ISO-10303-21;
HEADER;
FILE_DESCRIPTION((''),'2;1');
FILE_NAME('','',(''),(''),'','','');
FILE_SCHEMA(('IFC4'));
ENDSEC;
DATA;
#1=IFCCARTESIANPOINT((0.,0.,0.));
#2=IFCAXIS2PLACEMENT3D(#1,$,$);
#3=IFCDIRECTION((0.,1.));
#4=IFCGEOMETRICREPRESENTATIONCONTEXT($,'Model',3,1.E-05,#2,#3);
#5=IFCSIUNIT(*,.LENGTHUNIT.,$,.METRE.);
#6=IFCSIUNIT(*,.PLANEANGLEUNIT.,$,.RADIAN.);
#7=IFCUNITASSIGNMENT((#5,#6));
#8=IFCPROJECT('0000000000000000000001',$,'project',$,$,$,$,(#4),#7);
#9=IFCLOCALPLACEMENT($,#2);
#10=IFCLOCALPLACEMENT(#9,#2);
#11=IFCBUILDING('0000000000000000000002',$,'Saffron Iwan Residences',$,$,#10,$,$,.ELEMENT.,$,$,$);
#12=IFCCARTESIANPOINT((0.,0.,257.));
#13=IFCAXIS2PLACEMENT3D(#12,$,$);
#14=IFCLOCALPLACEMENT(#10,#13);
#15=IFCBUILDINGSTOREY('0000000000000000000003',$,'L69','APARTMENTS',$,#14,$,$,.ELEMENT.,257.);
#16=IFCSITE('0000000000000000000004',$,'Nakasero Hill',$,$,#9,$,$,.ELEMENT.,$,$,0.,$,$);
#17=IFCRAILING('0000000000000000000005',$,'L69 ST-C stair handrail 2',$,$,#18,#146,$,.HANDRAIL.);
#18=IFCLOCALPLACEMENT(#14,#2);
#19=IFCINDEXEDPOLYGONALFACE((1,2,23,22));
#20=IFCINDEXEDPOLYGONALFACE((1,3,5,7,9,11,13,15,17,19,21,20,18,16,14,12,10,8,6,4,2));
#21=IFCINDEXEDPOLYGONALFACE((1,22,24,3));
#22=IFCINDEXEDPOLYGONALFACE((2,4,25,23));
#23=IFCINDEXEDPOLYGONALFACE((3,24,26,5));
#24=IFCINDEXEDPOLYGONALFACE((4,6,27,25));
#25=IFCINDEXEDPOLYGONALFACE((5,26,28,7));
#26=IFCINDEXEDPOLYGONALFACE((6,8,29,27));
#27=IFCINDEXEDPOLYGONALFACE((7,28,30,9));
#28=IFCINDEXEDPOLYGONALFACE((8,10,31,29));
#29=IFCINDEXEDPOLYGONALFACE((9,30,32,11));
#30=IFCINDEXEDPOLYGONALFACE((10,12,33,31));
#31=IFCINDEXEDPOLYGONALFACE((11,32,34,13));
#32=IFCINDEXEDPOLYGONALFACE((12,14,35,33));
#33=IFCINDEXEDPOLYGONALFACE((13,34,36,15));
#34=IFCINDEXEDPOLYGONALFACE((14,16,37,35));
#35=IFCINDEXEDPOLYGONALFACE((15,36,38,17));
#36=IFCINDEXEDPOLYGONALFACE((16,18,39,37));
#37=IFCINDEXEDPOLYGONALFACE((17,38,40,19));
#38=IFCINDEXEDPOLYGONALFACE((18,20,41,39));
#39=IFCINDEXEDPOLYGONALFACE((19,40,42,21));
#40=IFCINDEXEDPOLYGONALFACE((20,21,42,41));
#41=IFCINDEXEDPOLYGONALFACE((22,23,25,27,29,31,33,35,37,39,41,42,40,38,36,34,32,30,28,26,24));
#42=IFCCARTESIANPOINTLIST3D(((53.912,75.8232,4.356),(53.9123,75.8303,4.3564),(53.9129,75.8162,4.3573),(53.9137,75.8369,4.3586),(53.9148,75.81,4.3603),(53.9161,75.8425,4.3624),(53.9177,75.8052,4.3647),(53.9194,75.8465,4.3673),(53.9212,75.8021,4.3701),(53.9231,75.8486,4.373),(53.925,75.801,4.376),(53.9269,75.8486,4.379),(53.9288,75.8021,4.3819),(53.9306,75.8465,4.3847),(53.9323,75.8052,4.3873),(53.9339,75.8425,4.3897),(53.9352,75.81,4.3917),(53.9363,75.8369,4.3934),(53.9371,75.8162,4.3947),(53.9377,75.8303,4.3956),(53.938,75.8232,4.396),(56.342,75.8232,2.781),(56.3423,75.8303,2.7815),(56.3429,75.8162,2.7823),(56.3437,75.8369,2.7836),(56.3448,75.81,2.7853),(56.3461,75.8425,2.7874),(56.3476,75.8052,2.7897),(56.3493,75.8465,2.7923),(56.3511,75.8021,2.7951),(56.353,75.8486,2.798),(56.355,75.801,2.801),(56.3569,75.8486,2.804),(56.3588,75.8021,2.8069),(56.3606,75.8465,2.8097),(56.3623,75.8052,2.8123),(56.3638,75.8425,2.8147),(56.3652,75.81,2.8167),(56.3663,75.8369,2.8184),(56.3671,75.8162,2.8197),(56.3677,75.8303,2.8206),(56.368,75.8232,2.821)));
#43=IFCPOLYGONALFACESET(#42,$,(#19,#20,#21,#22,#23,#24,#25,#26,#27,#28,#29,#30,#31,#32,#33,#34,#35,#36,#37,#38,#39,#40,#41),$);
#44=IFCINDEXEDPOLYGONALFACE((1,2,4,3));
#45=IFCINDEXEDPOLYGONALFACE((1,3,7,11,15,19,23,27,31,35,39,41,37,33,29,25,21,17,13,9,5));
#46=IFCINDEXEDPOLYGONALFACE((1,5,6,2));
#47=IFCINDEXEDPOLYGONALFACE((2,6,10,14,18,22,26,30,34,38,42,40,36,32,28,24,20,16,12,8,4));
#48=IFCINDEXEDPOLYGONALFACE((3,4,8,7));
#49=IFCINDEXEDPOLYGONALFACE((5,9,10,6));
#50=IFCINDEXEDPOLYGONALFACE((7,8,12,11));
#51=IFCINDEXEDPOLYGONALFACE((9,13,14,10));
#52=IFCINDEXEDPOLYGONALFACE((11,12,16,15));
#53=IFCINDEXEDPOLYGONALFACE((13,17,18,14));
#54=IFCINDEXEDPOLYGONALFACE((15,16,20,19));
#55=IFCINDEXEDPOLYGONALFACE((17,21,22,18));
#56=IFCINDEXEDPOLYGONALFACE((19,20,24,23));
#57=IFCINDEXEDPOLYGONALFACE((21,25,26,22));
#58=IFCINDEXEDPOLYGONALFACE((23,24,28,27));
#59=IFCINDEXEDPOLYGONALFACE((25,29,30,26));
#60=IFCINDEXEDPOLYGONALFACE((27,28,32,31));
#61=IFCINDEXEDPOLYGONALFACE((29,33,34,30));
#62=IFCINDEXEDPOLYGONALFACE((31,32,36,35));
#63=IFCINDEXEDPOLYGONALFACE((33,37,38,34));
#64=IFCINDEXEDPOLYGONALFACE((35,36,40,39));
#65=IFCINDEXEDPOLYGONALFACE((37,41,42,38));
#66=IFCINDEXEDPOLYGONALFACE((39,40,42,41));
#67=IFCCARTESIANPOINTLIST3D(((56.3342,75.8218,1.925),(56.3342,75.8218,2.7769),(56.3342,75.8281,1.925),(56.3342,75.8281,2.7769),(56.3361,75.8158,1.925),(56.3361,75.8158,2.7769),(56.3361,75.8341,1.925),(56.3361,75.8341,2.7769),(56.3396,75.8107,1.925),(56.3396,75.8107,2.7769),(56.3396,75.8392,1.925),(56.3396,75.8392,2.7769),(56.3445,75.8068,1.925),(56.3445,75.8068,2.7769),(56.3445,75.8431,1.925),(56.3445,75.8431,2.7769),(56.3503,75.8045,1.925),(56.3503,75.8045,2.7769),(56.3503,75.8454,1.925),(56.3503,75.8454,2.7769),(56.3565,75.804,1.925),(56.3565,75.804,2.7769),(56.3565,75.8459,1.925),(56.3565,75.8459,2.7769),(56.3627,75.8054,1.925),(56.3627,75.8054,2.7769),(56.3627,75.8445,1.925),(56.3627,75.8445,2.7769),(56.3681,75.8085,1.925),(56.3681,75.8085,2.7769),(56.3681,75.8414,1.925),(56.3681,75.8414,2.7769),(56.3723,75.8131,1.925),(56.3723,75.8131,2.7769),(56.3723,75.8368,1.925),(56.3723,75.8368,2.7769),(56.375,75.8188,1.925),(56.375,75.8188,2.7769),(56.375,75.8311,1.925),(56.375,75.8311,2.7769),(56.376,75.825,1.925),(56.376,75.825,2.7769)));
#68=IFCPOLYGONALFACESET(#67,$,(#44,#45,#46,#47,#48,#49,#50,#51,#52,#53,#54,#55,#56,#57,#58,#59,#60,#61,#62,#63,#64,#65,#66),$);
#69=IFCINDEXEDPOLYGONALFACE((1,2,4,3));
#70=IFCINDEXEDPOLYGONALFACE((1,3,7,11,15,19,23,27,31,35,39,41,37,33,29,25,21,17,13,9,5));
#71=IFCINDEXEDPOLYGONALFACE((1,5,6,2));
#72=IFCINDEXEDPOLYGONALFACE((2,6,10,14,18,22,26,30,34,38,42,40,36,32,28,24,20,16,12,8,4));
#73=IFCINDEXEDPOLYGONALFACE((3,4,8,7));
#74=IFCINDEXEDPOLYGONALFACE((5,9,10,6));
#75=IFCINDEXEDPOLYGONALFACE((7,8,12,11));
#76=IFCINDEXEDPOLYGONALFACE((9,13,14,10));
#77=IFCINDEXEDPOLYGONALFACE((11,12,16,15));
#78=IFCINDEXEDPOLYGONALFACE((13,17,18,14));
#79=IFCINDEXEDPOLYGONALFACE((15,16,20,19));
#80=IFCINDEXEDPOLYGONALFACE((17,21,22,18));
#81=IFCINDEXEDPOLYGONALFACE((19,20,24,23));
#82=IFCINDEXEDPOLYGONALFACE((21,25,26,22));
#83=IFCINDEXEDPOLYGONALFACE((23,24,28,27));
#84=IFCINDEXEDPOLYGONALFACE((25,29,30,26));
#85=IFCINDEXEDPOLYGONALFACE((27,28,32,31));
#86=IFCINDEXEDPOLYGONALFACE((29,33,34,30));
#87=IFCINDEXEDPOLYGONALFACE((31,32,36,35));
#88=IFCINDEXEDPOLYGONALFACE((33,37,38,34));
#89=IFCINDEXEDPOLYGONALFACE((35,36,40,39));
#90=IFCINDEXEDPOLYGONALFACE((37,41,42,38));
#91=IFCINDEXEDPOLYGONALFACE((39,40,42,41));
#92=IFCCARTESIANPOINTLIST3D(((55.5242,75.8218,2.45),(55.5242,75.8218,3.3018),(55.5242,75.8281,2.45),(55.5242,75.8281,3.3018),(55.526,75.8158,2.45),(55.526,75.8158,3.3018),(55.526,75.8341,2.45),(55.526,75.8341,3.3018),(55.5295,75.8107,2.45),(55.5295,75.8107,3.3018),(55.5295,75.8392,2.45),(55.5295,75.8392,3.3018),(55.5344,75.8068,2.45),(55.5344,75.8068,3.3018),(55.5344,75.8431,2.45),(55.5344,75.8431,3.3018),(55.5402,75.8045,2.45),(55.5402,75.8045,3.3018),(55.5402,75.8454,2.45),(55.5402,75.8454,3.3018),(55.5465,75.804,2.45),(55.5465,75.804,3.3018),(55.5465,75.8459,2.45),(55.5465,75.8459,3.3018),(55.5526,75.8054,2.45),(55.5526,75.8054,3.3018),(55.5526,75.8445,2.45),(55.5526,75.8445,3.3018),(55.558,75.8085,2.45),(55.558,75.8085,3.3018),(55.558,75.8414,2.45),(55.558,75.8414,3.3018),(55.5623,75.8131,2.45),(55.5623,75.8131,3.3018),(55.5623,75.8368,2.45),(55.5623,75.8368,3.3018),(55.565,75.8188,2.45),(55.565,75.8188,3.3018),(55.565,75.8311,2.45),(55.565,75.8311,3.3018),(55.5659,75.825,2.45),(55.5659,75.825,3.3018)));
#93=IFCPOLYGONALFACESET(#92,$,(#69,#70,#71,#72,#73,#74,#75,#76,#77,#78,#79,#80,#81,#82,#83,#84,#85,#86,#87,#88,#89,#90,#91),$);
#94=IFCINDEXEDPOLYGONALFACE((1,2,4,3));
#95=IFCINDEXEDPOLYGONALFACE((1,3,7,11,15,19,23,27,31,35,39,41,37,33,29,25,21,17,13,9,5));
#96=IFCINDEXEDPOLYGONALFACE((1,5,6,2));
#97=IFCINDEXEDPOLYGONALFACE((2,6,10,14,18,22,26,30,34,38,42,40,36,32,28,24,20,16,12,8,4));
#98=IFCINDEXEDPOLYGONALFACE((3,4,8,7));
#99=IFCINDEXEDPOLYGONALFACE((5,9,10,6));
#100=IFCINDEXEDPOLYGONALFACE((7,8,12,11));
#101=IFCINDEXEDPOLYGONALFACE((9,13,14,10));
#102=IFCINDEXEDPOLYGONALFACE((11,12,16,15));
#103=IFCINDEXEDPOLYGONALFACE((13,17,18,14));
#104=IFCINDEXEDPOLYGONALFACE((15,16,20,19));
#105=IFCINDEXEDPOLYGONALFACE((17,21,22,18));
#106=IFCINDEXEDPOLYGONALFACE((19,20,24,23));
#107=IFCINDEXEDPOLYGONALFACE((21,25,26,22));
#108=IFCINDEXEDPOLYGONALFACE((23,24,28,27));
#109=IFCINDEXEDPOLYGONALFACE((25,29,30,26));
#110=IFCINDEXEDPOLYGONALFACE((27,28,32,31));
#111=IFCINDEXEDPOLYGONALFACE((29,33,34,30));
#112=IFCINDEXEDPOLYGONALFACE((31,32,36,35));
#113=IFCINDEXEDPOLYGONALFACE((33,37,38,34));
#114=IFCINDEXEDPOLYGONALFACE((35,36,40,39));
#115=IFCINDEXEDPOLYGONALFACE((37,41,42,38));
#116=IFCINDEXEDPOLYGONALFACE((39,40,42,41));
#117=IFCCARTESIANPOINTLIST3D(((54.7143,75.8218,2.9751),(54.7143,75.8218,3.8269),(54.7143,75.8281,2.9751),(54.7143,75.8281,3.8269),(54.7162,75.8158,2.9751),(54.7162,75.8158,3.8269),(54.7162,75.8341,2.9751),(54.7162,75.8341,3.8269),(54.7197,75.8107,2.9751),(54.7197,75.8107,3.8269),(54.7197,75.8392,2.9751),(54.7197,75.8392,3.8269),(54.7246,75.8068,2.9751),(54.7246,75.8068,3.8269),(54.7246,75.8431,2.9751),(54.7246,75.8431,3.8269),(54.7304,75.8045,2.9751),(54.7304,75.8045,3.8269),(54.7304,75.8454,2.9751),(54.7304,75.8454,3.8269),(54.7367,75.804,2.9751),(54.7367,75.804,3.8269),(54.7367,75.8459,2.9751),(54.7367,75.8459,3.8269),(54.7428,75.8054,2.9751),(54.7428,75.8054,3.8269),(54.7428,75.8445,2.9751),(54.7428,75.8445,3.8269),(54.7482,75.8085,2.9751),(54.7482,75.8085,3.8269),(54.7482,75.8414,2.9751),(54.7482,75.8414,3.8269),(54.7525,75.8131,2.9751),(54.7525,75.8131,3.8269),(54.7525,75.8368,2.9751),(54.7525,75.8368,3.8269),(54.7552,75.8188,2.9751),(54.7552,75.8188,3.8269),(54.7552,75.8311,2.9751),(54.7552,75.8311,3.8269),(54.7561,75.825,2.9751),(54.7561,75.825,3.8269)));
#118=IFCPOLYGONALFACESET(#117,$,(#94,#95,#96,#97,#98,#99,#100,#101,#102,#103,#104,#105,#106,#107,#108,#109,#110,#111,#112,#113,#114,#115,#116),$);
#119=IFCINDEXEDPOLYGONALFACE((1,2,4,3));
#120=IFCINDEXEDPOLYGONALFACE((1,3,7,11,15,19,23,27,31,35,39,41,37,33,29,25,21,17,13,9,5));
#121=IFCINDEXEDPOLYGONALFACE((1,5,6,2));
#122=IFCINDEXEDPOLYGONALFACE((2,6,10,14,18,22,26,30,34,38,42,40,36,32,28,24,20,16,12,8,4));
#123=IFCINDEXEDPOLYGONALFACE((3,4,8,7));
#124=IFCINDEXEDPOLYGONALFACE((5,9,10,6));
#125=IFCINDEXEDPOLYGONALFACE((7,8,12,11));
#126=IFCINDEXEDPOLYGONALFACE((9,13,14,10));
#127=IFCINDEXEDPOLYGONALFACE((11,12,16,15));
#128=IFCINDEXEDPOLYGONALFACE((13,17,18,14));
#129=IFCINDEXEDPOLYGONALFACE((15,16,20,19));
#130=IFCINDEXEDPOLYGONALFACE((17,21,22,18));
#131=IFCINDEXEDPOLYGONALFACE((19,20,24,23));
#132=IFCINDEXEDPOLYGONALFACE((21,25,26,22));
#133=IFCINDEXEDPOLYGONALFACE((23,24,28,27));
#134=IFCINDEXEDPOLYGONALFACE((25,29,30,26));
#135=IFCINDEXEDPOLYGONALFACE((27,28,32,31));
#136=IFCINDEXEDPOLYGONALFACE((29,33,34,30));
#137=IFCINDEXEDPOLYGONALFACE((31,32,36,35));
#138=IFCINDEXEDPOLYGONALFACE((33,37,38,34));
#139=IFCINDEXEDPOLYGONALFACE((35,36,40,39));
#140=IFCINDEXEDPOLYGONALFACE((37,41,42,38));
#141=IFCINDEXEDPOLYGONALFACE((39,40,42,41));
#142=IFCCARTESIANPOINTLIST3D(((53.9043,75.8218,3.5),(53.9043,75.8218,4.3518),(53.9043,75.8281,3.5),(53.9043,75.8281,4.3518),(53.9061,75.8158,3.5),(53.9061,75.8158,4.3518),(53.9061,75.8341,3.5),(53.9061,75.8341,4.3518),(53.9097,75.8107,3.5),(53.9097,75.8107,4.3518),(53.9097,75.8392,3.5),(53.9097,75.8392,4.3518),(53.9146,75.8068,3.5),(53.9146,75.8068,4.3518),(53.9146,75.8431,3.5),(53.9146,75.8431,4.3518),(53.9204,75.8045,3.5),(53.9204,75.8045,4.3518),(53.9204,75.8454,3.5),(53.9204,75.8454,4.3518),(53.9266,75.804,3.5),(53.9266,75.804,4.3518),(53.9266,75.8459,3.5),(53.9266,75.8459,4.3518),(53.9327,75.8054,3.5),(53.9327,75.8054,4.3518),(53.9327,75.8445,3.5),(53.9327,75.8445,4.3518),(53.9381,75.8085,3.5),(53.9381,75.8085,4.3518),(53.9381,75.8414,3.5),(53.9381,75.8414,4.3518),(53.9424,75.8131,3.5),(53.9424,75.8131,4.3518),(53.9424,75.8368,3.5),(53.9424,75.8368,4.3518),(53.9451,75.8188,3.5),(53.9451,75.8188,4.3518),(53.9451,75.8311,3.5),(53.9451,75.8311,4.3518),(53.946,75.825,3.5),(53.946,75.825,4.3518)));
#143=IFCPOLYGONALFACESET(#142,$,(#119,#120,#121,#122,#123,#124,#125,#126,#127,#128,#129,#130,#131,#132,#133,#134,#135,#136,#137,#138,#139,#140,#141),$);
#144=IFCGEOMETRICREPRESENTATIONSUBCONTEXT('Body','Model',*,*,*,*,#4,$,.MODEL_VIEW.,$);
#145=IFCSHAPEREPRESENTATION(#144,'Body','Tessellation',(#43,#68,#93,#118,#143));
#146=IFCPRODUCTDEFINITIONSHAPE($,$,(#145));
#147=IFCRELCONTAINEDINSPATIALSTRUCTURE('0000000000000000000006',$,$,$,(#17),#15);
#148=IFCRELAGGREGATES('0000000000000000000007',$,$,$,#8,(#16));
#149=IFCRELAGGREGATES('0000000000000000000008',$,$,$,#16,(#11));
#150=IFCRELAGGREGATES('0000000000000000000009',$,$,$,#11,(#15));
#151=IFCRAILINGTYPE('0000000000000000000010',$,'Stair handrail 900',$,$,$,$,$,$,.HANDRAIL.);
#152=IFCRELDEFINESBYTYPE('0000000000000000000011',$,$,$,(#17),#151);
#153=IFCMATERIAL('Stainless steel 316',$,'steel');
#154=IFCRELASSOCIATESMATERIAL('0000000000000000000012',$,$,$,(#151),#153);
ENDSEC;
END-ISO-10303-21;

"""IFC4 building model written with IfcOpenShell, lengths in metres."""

from ifc_helpers import new_model, si_unit, direction, frame, origin, origin_2d, place, context, subcontext, project, spatial, circle, extrude, material, type_object, element, save


model = new_model("IFC4")

# Units and contexts
model_context = context("Model", 3, precision=1e-05, world=origin(), true_north=direction((0.0, 1.0)))
body_context = subcontext(model_context, "Body", "Model", "MODEL_VIEW")
ifc_project = project(units=[si_unit("LENGTHUNIT", "METRE"), si_unit("PLANEANGLEUNIT", "RADIAN")], contexts=[model_context])

# Site, building, storey
site_placement = place(None, origin())
site = spatial("IfcSite", under=ifc_project, at=site_placement, Name="Nakasero Hill", CompositionType="ELEMENT", RefElevation=0.0)
building_placement = place(site_placement, origin())
building = spatial("IfcBuilding", under=site, at=building_placement, Name="Saffron Iwan Residences", CompositionType="ELEMENT")
storey_placement = place(building_placement, frame((0.0, 0.0, 257.0)))
storey = spatial("IfcBuildingStorey", under=building, at=storey_placement, Name="L69", Description="APARTMENTS", CompositionType="ELEMENT", Elevation=257.0)

# Railing
ifc_material_1 = material(Name="Stainless steel 316", Category="steel")
railing_type = type_object("IfcRailingType", Name="Stair handrail 900", PredefinedType="HANDRAIL", material=ifc_material_1)
railing_1_placement = place(storey_placement, frame((56.355, 75.825, 1.925)))
element("IfcRailing", 1, at=railing_1_placement, inside=storey, type_object=railing_type, Name="L69 ST-C stair handrail 2", PredefinedType="HANDRAIL", context=body_context, shape_type="SweptSolid", body=[
    extrude(circle(Radius=0.0239, at=origin_2d()), frame((0.0, 0.0, 0.876), z_axis=(-0.839154, 0.0, 0.543894), x_axis=(0.0, -1.0, 0.0)), (0.0, 0.0, 1.0), 2.8958),
    extrude(circle(Radius=0.021, at=origin_2d()), origin(), (0.0, 0.0, 1.0), 0.8518),
    extrude(circle(Radius=0.021, at=origin_2d()), frame((-0.8101, 0.0, 0.5249)), (0.0, 0.0, 1.0), 0.8518),
    extrude(circle(Radius=0.021, at=origin_2d()), frame((-1.6199, 0.0, 1.05)), (0.0, 0.0, 1.0), 0.8518),
    extrude(circle(Radius=0.021, at=origin_2d()), frame((-2.4299, 0.0, 1.575)), (0.0, 0.0, 1.0), 0.8518),
])

save(model, "model.ifc")
